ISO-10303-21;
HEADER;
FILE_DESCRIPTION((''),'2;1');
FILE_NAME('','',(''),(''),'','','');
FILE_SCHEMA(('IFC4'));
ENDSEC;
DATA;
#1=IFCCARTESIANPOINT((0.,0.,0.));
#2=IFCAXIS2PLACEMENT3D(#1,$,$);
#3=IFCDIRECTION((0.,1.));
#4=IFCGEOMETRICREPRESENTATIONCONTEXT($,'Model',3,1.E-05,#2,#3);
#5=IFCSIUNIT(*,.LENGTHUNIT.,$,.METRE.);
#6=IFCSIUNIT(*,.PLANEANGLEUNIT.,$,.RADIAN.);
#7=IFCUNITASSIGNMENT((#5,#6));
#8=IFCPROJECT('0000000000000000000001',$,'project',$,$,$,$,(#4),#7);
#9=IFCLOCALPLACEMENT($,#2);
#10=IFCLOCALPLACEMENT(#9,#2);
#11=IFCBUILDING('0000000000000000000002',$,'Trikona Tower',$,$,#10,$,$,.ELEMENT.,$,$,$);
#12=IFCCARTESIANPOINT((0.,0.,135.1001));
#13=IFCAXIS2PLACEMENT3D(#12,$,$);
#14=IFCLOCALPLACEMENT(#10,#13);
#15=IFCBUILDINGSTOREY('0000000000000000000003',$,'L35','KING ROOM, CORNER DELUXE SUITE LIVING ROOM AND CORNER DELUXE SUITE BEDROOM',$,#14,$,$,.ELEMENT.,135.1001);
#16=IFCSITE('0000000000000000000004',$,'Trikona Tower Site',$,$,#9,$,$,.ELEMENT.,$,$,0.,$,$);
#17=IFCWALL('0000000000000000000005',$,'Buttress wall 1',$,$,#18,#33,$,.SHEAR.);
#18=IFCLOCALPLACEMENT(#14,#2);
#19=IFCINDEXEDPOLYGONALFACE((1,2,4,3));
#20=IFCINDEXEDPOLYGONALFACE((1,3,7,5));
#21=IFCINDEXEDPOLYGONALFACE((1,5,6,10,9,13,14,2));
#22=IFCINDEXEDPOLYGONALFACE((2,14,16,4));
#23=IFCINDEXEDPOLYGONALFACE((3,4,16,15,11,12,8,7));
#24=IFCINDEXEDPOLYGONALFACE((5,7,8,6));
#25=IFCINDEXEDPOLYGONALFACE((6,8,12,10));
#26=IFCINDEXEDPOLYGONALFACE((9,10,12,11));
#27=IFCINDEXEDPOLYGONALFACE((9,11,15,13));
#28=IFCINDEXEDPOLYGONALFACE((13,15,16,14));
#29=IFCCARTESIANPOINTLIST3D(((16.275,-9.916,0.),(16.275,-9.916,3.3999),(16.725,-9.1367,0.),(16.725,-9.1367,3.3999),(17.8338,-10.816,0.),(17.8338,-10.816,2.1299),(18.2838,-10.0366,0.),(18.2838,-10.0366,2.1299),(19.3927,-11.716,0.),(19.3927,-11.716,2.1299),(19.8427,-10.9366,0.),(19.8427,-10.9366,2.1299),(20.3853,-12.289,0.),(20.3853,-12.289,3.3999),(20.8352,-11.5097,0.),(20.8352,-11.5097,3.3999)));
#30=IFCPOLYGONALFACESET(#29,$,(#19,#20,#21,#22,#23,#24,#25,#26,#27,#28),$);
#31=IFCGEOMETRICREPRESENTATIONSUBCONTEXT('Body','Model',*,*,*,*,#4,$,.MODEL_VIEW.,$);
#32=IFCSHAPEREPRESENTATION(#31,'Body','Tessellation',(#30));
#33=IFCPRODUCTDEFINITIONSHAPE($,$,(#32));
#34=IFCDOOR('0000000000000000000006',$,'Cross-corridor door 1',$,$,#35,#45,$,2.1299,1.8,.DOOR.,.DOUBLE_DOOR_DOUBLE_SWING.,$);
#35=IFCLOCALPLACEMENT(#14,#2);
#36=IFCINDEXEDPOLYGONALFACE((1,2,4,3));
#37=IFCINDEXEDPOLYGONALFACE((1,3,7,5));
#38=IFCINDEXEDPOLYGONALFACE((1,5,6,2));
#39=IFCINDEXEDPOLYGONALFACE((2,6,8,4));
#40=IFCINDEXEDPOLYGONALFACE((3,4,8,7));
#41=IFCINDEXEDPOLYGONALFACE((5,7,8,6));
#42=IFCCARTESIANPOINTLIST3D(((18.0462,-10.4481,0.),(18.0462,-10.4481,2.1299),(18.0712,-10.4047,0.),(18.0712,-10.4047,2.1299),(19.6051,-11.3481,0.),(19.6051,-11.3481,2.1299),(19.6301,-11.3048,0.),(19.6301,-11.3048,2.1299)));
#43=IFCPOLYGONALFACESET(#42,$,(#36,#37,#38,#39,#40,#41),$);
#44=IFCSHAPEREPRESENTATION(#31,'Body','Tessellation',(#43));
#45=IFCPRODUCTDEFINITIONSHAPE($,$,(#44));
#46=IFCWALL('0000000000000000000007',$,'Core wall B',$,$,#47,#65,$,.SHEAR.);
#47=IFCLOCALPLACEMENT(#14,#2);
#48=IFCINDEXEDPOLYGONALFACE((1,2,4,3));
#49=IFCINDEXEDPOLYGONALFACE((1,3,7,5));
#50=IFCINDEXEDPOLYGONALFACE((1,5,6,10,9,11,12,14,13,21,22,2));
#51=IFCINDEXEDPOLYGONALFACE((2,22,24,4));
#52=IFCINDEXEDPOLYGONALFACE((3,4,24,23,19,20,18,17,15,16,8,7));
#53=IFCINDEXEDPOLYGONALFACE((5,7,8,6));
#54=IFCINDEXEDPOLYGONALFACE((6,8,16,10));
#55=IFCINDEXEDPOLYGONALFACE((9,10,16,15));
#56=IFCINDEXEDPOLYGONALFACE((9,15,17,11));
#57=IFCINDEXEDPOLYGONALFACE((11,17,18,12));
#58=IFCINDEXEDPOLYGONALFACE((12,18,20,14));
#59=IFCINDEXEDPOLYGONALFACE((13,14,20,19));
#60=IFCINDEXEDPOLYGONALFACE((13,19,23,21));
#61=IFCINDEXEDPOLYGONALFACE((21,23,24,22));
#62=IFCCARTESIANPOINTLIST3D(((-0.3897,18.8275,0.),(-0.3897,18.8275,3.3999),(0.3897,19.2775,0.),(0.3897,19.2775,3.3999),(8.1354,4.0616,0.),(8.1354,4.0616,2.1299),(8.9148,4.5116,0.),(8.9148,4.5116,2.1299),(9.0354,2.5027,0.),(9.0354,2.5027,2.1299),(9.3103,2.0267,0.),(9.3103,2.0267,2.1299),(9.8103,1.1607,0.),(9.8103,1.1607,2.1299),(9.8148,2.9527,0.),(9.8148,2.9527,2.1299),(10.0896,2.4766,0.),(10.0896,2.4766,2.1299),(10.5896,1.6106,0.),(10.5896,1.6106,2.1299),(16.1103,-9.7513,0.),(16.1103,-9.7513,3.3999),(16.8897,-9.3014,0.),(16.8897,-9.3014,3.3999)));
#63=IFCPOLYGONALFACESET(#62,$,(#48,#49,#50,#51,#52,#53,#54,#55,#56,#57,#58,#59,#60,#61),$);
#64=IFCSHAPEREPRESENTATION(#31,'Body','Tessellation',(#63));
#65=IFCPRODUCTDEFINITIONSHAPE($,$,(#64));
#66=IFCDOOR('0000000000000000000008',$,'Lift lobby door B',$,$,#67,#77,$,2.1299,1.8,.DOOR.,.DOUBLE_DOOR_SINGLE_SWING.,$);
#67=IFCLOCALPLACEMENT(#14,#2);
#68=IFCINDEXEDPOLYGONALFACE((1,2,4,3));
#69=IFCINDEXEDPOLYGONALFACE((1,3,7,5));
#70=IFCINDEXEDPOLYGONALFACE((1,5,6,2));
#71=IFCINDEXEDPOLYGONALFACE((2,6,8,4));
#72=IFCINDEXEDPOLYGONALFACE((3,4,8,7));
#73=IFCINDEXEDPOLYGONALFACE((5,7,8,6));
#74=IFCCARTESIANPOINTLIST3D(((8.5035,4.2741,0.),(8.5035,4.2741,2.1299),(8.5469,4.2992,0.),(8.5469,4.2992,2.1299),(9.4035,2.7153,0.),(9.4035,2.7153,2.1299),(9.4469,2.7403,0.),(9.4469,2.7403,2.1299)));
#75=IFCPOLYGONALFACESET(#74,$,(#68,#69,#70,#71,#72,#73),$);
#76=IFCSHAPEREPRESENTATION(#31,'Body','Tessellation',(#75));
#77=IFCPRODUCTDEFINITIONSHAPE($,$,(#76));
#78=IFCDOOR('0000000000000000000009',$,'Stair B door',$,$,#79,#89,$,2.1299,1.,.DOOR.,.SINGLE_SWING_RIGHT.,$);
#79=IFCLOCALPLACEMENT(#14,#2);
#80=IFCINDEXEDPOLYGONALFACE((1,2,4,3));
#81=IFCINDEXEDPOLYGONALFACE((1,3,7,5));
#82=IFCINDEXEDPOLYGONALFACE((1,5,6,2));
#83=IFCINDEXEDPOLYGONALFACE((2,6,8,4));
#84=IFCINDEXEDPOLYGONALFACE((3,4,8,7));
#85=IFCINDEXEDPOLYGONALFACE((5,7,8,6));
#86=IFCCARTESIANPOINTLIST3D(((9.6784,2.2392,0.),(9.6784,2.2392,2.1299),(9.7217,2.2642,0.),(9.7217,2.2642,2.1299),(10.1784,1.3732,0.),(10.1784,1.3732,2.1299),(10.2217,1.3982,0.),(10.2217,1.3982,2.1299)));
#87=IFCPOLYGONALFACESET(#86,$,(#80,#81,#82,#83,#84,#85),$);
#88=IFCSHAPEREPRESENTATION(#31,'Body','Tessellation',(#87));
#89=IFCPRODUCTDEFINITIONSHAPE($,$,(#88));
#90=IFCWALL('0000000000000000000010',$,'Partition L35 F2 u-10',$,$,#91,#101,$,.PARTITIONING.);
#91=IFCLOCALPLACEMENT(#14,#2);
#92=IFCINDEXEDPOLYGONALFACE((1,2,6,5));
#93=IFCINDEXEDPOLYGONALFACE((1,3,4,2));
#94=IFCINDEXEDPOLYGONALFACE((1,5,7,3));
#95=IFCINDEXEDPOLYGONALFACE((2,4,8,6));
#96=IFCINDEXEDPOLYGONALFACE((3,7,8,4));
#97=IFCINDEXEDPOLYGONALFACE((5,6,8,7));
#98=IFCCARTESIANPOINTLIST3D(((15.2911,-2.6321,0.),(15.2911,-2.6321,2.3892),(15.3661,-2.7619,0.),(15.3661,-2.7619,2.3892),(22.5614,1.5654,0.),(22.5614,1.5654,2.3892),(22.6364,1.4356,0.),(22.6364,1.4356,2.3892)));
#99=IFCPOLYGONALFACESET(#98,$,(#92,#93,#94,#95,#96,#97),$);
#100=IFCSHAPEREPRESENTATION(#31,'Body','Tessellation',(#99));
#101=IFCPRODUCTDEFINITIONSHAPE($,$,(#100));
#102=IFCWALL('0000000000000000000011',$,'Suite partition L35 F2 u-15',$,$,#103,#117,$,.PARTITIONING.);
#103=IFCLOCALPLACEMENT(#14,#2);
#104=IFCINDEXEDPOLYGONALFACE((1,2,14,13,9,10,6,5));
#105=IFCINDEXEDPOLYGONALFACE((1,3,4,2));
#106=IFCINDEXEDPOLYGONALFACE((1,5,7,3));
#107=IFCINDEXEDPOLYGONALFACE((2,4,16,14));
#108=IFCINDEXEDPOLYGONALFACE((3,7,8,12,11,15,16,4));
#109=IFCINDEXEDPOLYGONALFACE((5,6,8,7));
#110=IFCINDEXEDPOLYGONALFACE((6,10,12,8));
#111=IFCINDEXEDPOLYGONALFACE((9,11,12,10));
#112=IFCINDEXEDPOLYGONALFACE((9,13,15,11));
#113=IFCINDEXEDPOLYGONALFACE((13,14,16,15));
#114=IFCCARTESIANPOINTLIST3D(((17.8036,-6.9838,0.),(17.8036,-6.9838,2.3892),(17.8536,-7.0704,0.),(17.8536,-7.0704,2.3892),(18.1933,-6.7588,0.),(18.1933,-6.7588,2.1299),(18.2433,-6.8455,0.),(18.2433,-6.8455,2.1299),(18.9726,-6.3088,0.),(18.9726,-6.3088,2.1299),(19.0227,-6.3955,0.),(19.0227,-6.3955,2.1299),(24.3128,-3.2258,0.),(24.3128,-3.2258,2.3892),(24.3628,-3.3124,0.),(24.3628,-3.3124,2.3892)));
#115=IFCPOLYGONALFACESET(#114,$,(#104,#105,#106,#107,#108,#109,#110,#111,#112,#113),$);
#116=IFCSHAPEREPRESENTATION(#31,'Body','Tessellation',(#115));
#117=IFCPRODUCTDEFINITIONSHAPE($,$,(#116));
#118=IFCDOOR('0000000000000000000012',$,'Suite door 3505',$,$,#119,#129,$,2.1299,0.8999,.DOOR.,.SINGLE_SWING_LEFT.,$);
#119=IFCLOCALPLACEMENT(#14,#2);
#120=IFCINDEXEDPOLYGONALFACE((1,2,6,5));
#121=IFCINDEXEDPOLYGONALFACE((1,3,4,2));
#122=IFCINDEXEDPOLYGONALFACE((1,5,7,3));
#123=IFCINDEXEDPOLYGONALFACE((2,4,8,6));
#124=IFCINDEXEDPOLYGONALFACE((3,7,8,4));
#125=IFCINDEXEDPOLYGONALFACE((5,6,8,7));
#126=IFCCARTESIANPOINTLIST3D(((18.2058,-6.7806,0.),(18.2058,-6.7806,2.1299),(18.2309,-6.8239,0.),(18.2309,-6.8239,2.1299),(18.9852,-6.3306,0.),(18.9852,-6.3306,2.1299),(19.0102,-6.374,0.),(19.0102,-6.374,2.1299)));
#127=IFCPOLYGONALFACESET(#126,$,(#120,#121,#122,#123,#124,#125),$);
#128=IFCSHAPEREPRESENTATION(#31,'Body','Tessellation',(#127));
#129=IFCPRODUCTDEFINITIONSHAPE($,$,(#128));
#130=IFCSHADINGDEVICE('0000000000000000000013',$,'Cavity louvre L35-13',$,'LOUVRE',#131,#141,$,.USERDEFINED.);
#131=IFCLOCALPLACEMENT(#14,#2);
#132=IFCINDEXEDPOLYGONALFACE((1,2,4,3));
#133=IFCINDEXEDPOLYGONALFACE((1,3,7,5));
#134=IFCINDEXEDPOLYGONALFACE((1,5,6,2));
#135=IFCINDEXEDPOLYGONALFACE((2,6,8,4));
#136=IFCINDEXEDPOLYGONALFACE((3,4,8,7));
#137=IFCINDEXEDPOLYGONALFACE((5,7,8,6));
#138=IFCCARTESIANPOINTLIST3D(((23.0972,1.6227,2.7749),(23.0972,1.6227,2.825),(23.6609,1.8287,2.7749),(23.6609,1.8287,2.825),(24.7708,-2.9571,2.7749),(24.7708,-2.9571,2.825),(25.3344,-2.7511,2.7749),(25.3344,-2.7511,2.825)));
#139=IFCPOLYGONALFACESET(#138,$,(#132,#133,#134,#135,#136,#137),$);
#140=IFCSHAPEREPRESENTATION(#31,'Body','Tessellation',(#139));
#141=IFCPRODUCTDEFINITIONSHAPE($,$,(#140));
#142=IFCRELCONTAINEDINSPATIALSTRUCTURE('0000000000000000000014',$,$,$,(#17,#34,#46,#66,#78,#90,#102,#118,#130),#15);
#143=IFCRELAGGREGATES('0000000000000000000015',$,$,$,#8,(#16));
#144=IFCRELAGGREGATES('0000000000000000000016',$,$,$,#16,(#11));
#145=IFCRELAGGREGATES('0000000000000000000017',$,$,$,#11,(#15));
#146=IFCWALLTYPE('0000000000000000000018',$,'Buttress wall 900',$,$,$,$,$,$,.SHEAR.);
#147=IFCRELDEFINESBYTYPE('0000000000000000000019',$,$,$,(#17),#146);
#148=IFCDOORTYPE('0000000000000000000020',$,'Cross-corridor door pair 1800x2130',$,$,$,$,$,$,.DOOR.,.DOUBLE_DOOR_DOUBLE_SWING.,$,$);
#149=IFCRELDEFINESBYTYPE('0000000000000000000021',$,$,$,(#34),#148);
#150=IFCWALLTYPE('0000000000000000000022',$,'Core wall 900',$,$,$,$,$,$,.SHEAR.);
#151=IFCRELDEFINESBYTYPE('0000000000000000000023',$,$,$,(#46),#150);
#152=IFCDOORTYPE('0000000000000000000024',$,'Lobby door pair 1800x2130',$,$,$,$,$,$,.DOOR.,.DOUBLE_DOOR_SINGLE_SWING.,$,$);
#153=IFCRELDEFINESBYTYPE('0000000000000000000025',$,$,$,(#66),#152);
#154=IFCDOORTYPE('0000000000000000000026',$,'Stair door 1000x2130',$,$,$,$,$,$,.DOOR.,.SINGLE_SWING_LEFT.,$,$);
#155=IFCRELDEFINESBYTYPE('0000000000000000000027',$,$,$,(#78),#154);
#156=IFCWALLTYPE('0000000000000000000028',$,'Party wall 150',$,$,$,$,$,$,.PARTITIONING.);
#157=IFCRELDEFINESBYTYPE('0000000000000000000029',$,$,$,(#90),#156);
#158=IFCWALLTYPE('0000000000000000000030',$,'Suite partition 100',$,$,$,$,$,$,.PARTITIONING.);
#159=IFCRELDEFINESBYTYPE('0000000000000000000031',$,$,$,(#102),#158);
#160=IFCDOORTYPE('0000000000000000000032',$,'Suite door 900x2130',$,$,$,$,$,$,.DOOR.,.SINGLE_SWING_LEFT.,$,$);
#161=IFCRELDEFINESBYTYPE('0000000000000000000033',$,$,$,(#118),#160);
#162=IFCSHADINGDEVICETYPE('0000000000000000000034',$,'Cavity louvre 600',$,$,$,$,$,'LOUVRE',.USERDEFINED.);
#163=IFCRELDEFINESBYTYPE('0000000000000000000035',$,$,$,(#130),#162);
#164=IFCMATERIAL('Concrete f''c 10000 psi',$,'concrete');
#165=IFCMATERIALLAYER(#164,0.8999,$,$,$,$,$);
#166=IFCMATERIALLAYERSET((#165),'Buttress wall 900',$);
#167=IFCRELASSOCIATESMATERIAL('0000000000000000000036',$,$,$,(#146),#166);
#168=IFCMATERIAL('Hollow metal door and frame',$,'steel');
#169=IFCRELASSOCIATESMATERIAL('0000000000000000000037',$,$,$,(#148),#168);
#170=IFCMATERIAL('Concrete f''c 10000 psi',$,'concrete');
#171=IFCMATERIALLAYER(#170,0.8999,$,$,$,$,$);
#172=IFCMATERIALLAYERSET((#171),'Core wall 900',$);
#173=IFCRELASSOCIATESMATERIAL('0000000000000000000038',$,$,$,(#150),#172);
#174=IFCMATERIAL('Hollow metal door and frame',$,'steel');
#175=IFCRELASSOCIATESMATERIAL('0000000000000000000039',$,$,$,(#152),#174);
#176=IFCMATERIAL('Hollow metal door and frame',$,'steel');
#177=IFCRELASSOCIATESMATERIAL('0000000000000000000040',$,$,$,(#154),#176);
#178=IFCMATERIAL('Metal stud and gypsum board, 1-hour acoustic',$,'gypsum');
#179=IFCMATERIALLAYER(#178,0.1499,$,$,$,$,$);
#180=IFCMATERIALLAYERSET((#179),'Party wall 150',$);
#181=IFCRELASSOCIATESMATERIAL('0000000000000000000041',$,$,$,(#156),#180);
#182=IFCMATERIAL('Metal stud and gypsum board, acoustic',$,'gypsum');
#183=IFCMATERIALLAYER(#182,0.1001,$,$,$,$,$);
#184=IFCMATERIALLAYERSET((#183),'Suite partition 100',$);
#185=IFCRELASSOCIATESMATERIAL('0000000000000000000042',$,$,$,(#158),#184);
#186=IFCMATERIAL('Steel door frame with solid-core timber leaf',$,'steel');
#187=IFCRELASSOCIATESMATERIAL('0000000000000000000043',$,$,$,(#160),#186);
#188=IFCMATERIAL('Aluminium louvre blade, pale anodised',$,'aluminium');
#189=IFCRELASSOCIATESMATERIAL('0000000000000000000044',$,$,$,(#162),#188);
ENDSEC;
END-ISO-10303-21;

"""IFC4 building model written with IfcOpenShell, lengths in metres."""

from ifc_helpers import new_model, si_unit, direction, frame, frame_2d, origin, origin_2d, place, context, subcontext, project, spatial, rectangle, extrude, material, layer, layer_set, type_object, element, fill, save


model = new_model("IFC4")

# Units and contexts
model_context = context("Model", 3, precision=1e-05, world=origin(), true_north=direction((0.0, 1.0)))
body_context = subcontext(model_context, "Body", "Model", "MODEL_VIEW")
ifc_project = project(units=[si_unit("LENGTHUNIT", "METRE"), si_unit("PLANEANGLEUNIT", "RADIAN")], contexts=[model_context])

# Site, building, storey
site_placement = place(None, origin())
site = spatial("IfcSite", under=ifc_project, at=site_placement, Name="Trikona Tower Site", CompositionType="ELEMENT", RefElevation=0.0)
building_placement = place(site_placement, origin())
building = spatial("IfcBuilding", under=site, at=building_placement, Name="Trikona Tower", CompositionType="ELEMENT")
storey_placement = place(building_placement, frame((0.0, 0.0, 135.1001)))
storey = spatial("IfcBuildingStorey", under=building, at=storey_placement, Name="L35", Description="KING ROOM, CORNER DELUXE SUITE LIVING ROOM AND CORNER DELUXE SUITE BEDROOM", CompositionType="ELEMENT", Elevation=135.1001)

# Wall, opening, door
ifc_material_1 = material(Name="Concrete f'c 10000 psi", Category="concrete")
ifc_layer_1 = layer(ifc_material_1, 0.8999)
ifc_layer_set_1 = layer_set([ifc_layer_1], Name="Buttress wall 900")
wall_type_1 = type_object("IfcWallType", Name="Buttress wall 900", PredefinedType="SHEAR", material=ifc_layer_set_1)
wall_1_placement = place(storey_placement, frame((16.5, -9.5264, 0.0), z_axis=(0.0, 0.0, 1.0), x_axis=(0.866031, -0.49999, 0.0)))
wall_1 = element("IfcWall", 1, at=wall_1_placement, inside=storey, type_object=wall_type_1, Name="Buttress wall 1", PredefinedType="SHEAR", context=body_context, shape_type="SweptSolid", body=[
    extrude(rectangle(XDim=4.7461, YDim=0.8999, at=frame_2d((2.373, 0.0))), origin(), (0.0, 0.0, 1.0), 3.3999),
])
opening_1_placement = place(wall_1_placement, frame((1.8, 0.0, 0.0)))
opening_1 = element("IfcOpeningElement", 2, at=opening_1_placement, cuts=wall_1, PredefinedType="OPENING", context=body_context, shape_type="SweptSolid", body=[
    extrude(rectangle(XDim=1.8, YDim=2.1299, at=frame_2d((0.8999, 1.0649))), frame((0.0, 0.46, 0.0), z_axis=(0.0, -1.0, 0.0), x_axis=(1.0, 0.0, 0.0)), (0.0, 0.0, 1.0), 0.9199),
])
ifc_material_2 = material(Name="Hollow metal door and frame", Category="steel")
door_type_1 = type_object("IfcDoorType", Name="Cross-corridor door pair 1800x2130", OperationType="DOUBLE_DOOR_DOUBLE_SWING", PredefinedType="DOOR", material=ifc_material_2)
door_1_placement = place(opening_1_placement, origin())
door_1 = element("IfcDoor", 3, at=door_1_placement, inside=storey, type_object=door_type_1, Name="Cross-corridor door 1", OperationType="DOUBLE_DOOR_DOUBLE_SWING", OverallHeight=2.1299, OverallWidth=1.8, PredefinedType="DOOR", context=body_context, shape_type="SweptSolid", body=[
    extrude(rectangle(XDim=1.8, YDim=2.1299, at=frame_2d((0.8999, 1.0649))), frame((0.0, 0.0249, 0.0), z_axis=(0.0, -1.0, 0.0), x_axis=(1.0, 0.0, 0.0)), (0.0, 0.0, 1.0), 0.05),
])
fill(opening_1, door_1)

# Wall, openings, doors
ifc_material_3 = material(Name="Concrete f'c 10000 psi", Category="concrete")
ifc_layer_2 = layer(ifc_material_3, 0.8999)
ifc_layer_set_2 = layer_set([ifc_layer_2], Name="Core wall 900")
wall_type_2 = type_object("IfcWallType", Name="Core wall 900", PredefinedType="SHEAR", material=ifc_layer_set_2)
wall_2_placement = place(storey_placement, frame((16.5, -9.5264, 0.0), z_axis=(0.0, 0.0, 1.0), x_axis=(-0.5, 0.866026, 0.0)))
wall_2 = element("IfcWall", 4, at=wall_2_placement, inside=storey, type_object=wall_type_2, Name="Core wall B", PredefinedType="SHEAR", context=body_context, shape_type="SweptSolid", body=[
    extrude(rectangle(XDim=33.0, YDim=0.8999, at=frame_2d((16.5, 0.0))), origin(), (0.0, 0.0, 1.0), 3.3999),
])
opening_2_placement = place(wall_2_placement, frame((14.1499, 0.0, 0.0)))
opening_2 = element("IfcOpeningElement", 5, at=opening_2_placement, cuts=wall_2, PredefinedType="OPENING", context=body_context, shape_type="SweptSolid", body=[
    extrude(rectangle(XDim=1.8, YDim=2.1299, at=frame_2d((0.8999, 1.0649))), frame((0.0, 0.46, 0.0), z_axis=(0.0, -1.0, 0.0), x_axis=(1.0, 0.0, 0.0)), (0.0, 0.0, 1.0), 0.9199),
])
opening_3_placement = place(wall_2_placement, frame((12.6001, 0.0, 0.0)))
opening_3 = element("IfcOpeningElement", 6, at=opening_3_placement, cuts=wall_2, PredefinedType="OPENING", context=body_context, shape_type="SweptSolid", body=[
    extrude(rectangle(XDim=1.0, YDim=2.1299, at=frame_2d((0.5, 1.0649))), frame((0.0, 0.46, 0.0), z_axis=(0.0, -1.0, 0.0), x_axis=(1.0, 0.0, 0.0)), (0.0, 0.0, 1.0), 0.9199),
])
ifc_material_4 = material(Name="Hollow metal door and frame", Category="steel")
door_type_2 = type_object("IfcDoorType", Name="Lobby door pair 1800x2130", OperationType="DOUBLE_DOOR_SINGLE_SWING", PredefinedType="DOOR", material=ifc_material_4)
door_2_placement = place(opening_2_placement, origin())
door_2 = element("IfcDoor", 7, at=door_2_placement, inside=storey, type_object=door_type_2, Name="Lift lobby door B", OperationType="DOUBLE_DOOR_SINGLE_SWING", OverallHeight=2.1299, OverallWidth=1.8, PredefinedType="DOOR", context=body_context, shape_type="SweptSolid", body=[
    extrude(rectangle(XDim=1.8, YDim=2.1299, at=frame_2d((0.8999, 1.0649))), frame((0.0, 0.0249, 0.0), z_axis=(0.0, -1.0, 0.0), x_axis=(1.0, 0.0, 0.0)), (0.0, 0.0, 1.0), 0.05),
])
fill(opening_2, door_2)
ifc_material_5 = material(Name="Hollow metal door and frame", Category="steel")
door_type_3 = type_object("IfcDoorType", Name="Stair door 1000x2130", OperationType="SINGLE_SWING_LEFT", PredefinedType="DOOR", material=ifc_material_5)
door_3_placement = place(opening_3_placement, origin())
door_3 = element("IfcDoor", 8, at=door_3_placement, inside=storey, type_object=door_type_3, Name="Stair B door", OperationType="SINGLE_SWING_RIGHT", OverallHeight=2.1299, OverallWidth=1.0, PredefinedType="DOOR", context=body_context, shape_type="SweptSolid", body=[
    extrude(rectangle(XDim=1.0, YDim=2.1299, at=frame_2d((0.5, 1.0649))), frame((0.0, 0.0249, 0.0), z_axis=(0.0, -1.0, 0.0), x_axis=(1.0, 0.0, 0.0)), (0.0, 0.0, 1.0), 0.05),
])
fill(opening_3, door_3)

# Wall
ifc_material_6 = material(Name="Metal stud and gypsum board, 1-hour acoustic", Category="gypsum")
ifc_layer_3 = layer(ifc_material_6, 0.1499)
ifc_layer_set_3 = layer_set([ifc_layer_3], Name="Party wall 150")
wall_type_3 = type_object("IfcWallType", Name="Party wall 150", PredefinedType="PARTITIONING", material=ifc_layer_set_3)
wall_3_placement = place(storey_placement, frame((15.3286, -2.697, 0.0), z_axis=(0.0, 0.0, 1.0), x_axis=(0.866024, 0.500002, 0.0)))
element("IfcWall", 9, at=wall_3_placement, inside=storey, type_object=wall_type_3, Name="Partition L35 F2 u-10", PredefinedType="PARTITIONING", context=body_context, shape_type="SweptSolid", body=[
    extrude(rectangle(XDim=8.395, YDim=0.1499, at=frame_2d((4.1975, 0.0))), origin(), (0.0, 0.0, 1.0), 2.3892),
])

# Wall, opening, door
ifc_material_7 = material(Name="Metal stud and gypsum board, acoustic", Category="gypsum")
ifc_layer_4 = layer(ifc_material_7, 0.1001)
ifc_layer_set_4 = layer_set([ifc_layer_4], Name="Suite partition 100")
wall_type_4 = type_object("IfcWallType", Name="Suite partition 100", PredefinedType="PARTITIONING", material=ifc_layer_set_4)
wall_4_placement = place(storey_placement, frame((17.8286, -7.0271, 0.0), z_axis=(0.0, 0.0, 1.0), x_axis=(0.86603, 0.499992, 0.0)))
wall_4 = element("IfcWall", 10, at=wall_4_placement, inside=storey, type_object=wall_type_4, Name="Suite partition L35 F2 u-15", PredefinedType="PARTITIONING", context=body_context, shape_type="SweptSolid", body=[
    extrude(rectangle(XDim=7.5161, YDim=0.1001, at=frame_2d((3.7581, 0.0))), origin(), (0.0, 0.0, 1.0), 2.3892),
])
opening_4_placement = place(wall_4_placement, frame((0.45, 0.0, 0.0)))
opening_4 = element("IfcOpeningElement", 11, at=opening_4_placement, cuts=wall_4, PredefinedType="OPENING", context=body_context, shape_type="SweptSolid", body=[
    extrude(rectangle(XDim=0.8999, YDim=2.1299, at=frame_2d((0.45, 1.0649))), frame((0.0, 0.0601, 0.0), z_axis=(0.0, -1.0, 0.0), x_axis=(1.0, 0.0, 0.0)), (0.0, 0.0, 1.0), 0.1201),
])
ifc_material_8 = material(Name="Steel door frame with solid-core timber leaf", Category="steel")
door_type_4 = type_object("IfcDoorType", Name="Suite door 900x2130", OperationType="SINGLE_SWING_LEFT", PredefinedType="DOOR", material=ifc_material_8)
door_4_placement = place(opening_4_placement, origin())
door_4 = element("IfcDoor", 12, at=door_4_placement, inside=storey, type_object=door_type_4, Name="Suite door 3505", OperationType="SINGLE_SWING_LEFT", OverallHeight=2.1299, OverallWidth=0.8999, PredefinedType="DOOR", context=body_context, shape_type="SweptSolid", body=[
    extrude(rectangle(XDim=0.8999, YDim=2.1299, at=frame_2d((0.45, 1.0649))), frame((0.0, 0.0249, 0.0), z_axis=(0.0, -1.0, 0.0), x_axis=(1.0, 0.0, 0.0)), (0.0, 0.0, 1.0), 0.05),
])
fill(opening_4, door_4)

# Shading device
ifc_material_9 = material(Name="Aluminium louvre blade, pale anodised", Category="aluminium")
shading_device_type = type_object("IfcShadingDeviceType", Name="Cavity louvre 600", ElementType="LOUVRE", PredefinedType="USERDEFINED", material=ifc_material_9)
shading_device_placement = place(storey_placement, frame((24.2158, -0.5642, 2.7749), z_axis=(0.0, 0.0, 1.0), x_axis=(-0.34322, 0.939255, 0.0)))
element("IfcShadingDevice", 13, at=shading_device_placement, inside=storey, type_object=shading_device_type, Name="Cavity louvre L35-13", ObjectType="LOUVRE", PredefinedType="USERDEFINED", context=body_context, shape_type="SweptSolid", body=[
    extrude(rectangle(XDim=4.876, YDim=0.6001, at=origin_2d()), origin(), (0.0, 0.0, 1.0), 0.05),
])

save(model, "model.ifc")
